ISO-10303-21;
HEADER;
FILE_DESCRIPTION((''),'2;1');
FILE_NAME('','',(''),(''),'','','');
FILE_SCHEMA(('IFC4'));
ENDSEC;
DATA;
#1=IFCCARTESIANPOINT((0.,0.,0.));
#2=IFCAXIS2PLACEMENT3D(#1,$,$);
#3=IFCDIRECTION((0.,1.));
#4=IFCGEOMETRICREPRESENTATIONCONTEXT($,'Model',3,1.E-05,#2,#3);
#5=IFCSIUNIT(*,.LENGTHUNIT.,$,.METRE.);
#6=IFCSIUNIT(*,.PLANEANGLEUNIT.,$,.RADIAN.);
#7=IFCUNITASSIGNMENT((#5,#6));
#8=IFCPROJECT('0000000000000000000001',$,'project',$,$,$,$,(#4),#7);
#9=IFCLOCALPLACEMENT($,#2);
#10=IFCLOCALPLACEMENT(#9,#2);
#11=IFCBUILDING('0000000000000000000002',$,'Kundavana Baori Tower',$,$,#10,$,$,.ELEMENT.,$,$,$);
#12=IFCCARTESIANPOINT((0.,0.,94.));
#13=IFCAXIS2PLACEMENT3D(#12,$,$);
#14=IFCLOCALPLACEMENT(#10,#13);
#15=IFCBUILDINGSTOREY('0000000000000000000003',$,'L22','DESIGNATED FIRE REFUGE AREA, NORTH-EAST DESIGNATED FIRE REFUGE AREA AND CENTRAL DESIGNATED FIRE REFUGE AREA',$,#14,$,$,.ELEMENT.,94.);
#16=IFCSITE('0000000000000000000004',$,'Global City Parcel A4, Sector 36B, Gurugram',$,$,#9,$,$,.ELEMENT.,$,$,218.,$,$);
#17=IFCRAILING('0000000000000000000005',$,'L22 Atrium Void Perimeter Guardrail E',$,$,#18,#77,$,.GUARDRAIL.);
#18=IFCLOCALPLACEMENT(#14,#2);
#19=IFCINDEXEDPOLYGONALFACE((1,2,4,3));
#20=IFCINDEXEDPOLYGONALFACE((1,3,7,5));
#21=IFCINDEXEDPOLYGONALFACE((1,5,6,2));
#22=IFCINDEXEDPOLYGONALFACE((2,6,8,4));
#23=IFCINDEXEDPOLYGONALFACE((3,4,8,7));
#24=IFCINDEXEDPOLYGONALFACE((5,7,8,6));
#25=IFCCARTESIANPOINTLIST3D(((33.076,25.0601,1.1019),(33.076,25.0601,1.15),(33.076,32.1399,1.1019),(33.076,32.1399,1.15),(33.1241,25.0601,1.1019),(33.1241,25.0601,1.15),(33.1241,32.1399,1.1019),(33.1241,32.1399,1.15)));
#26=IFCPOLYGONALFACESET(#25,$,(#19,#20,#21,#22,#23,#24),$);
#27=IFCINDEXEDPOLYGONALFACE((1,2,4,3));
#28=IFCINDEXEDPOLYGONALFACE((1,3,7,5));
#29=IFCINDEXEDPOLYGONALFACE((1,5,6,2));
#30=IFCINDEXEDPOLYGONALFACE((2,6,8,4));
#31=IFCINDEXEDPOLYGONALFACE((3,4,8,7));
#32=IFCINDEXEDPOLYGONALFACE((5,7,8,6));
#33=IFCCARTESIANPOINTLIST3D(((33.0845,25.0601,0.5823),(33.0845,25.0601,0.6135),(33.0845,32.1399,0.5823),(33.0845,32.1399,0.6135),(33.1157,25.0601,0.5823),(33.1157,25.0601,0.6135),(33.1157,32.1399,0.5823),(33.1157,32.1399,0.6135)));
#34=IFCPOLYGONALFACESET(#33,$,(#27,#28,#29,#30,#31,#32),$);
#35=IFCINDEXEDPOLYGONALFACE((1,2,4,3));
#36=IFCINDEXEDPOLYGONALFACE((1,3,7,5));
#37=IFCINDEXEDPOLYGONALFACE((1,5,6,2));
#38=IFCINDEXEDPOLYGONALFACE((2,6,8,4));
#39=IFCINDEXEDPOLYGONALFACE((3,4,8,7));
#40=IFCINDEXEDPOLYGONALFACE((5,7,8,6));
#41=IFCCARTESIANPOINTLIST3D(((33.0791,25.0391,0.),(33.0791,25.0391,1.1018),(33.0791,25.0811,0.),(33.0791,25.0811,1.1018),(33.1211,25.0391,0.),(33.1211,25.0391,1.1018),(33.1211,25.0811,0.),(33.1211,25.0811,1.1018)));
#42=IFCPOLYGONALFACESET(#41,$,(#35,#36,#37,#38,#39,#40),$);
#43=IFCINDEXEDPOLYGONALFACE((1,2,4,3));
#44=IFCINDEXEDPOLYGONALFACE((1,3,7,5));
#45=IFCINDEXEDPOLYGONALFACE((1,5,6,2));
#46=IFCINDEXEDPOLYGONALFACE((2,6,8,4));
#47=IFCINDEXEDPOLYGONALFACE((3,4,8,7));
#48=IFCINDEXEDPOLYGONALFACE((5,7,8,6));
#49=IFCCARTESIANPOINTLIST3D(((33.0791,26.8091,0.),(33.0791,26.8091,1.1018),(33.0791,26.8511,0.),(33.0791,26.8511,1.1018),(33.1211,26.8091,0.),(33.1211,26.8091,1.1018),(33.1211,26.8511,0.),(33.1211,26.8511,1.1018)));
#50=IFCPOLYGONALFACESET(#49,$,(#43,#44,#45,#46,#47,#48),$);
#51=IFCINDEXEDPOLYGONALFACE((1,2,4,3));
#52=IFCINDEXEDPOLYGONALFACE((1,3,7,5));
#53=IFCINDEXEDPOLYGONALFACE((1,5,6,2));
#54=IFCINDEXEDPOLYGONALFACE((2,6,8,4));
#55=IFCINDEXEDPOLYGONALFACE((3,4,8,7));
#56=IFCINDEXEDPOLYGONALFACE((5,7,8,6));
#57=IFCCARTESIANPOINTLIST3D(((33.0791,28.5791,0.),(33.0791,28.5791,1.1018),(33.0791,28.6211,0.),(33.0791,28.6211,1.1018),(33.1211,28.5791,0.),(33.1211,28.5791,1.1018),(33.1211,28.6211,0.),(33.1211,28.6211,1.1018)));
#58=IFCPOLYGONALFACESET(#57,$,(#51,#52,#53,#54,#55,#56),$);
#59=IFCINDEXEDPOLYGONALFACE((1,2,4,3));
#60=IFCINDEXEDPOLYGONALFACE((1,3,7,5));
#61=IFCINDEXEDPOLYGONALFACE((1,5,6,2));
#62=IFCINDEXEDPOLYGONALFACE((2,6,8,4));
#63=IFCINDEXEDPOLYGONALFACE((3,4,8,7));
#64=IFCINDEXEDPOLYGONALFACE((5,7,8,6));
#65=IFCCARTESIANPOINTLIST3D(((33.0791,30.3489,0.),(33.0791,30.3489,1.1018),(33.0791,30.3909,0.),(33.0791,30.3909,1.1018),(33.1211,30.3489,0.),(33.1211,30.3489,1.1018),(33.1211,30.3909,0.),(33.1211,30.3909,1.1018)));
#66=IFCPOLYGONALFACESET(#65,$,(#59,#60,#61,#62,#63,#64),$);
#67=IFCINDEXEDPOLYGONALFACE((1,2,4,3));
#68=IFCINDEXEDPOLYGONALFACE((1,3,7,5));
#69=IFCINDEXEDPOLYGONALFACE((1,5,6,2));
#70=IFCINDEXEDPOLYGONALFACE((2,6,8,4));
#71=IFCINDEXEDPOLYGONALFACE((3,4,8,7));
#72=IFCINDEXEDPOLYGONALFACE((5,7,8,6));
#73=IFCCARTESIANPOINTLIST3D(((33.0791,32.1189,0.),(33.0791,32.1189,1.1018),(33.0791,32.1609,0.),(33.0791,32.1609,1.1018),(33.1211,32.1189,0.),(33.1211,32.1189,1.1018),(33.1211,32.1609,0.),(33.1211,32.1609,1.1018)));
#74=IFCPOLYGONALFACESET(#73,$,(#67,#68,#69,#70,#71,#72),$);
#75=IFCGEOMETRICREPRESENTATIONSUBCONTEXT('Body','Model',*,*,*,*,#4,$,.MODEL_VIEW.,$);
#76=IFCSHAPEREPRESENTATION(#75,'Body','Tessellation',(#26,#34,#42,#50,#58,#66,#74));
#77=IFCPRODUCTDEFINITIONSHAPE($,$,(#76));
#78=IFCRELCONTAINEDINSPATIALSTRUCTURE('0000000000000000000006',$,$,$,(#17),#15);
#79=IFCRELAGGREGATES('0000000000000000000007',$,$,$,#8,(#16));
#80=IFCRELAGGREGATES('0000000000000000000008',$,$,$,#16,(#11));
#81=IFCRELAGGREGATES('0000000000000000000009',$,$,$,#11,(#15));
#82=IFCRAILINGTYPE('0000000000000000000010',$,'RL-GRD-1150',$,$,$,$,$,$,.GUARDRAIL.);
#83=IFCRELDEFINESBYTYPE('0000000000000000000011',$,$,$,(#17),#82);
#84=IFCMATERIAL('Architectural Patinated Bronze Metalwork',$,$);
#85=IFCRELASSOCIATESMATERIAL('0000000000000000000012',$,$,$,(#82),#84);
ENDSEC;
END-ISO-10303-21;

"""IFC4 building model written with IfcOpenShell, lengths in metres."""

from ifc_helpers import new_model, si_unit, direction, frame, origin, origin_2d, place, context, subcontext, project, spatial, rectangle, extrude, material, type_object, element, save


model = new_model("IFC4")

# Units and contexts
model_context = context("Model", 3, precision=1e-05, world=origin(), true_north=direction((0.0, 1.0)))
body_context = subcontext(model_context, "Body", "Model", "MODEL_VIEW")
ifc_project = project(units=[si_unit("LENGTHUNIT", "METRE"), si_unit("PLANEANGLEUNIT", "RADIAN")], contexts=[model_context])

# Site, building, storey
site_placement = place(None, origin())
site = spatial("IfcSite", under=ifc_project, at=site_placement, Name="Global City Parcel A4, Sector 36B, Gurugram", CompositionType="ELEMENT", RefElevation=218.0)
building_placement = place(site_placement, origin())
building = spatial("IfcBuilding", under=site, at=building_placement, Name="Kundavana Baori Tower", CompositionType="ELEMENT")
storey_placement = place(building_placement, frame((0.0, 0.0, 94.0)))
storey = spatial("IfcBuildingStorey", under=building, at=storey_placement, Name="L22", Description="DESIGNATED FIRE REFUGE AREA, NORTH-EAST DESIGNATED FIRE REFUGE AREA AND CENTRAL DESIGNATED FIRE REFUGE AREA", CompositionType="ELEMENT", Elevation=94.0)

# Railing
ifc_material_1 = material(Name="Architectural Patinated Bronze Metalwork")
railing_type = type_object("IfcRailingType", Name="RL-GRD-1150", PredefinedType="GUARDRAIL", material=ifc_material_1)
railing_1_placement = place(storey_placement, frame((33.1001, 25.0601, 0.0)))
element("IfcRailing", 1, at=railing_1_placement, inside=storey, type_object=railing_type, Name="L22 Atrium Void Perimeter Guardrail E", PredefinedType="GUARDRAIL", context=body_context, shape_type="SweptSolid", body=[
    extrude(rectangle(XDim=0.0481, YDim=0.0481, at=origin_2d()), frame((0.0, 0.0, 1.126), z_axis=(0.0, 1.0, 0.0), x_axis=(-1.0, 0.0, 0.0)), (0.0, 0.0, 1.0), 7.0798),
    extrude(rectangle(XDim=0.0312, YDim=0.0312, at=origin_2d()), frame((0.0, 0.0, 0.5979), z_axis=(0.0, 1.0, 0.0), x_axis=(-1.0, 0.0, 0.0)), (0.0, 0.0, 1.0), 7.0798),
    extrude(rectangle(XDim=0.042, YDim=0.042, at=origin_2d()), origin(), (0.0, 0.0, 1.0), 1.1018),
    extrude(rectangle(XDim=0.042, YDim=0.042, at=origin_2d()), frame((0.0, 1.77, 0.0)), (0.0, 0.0, 1.0), 1.1018),
    extrude(rectangle(XDim=0.042, YDim=0.042, at=origin_2d()), frame((0.0, 3.54, 0.0)), (0.0, 0.0, 1.0), 1.1018),
    extrude(rectangle(XDim=0.042, YDim=0.042, at=origin_2d()), frame((0.0, 5.3098, 0.0)), (0.0, 0.0, 1.0), 1.1018),
    extrude(rectangle(XDim=0.042, YDim=0.042, at=origin_2d()), frame((0.0, 7.0798, 0.0)), (0.0, 0.0, 1.0), 1.1018),
])

save(model, "model.ifc")
